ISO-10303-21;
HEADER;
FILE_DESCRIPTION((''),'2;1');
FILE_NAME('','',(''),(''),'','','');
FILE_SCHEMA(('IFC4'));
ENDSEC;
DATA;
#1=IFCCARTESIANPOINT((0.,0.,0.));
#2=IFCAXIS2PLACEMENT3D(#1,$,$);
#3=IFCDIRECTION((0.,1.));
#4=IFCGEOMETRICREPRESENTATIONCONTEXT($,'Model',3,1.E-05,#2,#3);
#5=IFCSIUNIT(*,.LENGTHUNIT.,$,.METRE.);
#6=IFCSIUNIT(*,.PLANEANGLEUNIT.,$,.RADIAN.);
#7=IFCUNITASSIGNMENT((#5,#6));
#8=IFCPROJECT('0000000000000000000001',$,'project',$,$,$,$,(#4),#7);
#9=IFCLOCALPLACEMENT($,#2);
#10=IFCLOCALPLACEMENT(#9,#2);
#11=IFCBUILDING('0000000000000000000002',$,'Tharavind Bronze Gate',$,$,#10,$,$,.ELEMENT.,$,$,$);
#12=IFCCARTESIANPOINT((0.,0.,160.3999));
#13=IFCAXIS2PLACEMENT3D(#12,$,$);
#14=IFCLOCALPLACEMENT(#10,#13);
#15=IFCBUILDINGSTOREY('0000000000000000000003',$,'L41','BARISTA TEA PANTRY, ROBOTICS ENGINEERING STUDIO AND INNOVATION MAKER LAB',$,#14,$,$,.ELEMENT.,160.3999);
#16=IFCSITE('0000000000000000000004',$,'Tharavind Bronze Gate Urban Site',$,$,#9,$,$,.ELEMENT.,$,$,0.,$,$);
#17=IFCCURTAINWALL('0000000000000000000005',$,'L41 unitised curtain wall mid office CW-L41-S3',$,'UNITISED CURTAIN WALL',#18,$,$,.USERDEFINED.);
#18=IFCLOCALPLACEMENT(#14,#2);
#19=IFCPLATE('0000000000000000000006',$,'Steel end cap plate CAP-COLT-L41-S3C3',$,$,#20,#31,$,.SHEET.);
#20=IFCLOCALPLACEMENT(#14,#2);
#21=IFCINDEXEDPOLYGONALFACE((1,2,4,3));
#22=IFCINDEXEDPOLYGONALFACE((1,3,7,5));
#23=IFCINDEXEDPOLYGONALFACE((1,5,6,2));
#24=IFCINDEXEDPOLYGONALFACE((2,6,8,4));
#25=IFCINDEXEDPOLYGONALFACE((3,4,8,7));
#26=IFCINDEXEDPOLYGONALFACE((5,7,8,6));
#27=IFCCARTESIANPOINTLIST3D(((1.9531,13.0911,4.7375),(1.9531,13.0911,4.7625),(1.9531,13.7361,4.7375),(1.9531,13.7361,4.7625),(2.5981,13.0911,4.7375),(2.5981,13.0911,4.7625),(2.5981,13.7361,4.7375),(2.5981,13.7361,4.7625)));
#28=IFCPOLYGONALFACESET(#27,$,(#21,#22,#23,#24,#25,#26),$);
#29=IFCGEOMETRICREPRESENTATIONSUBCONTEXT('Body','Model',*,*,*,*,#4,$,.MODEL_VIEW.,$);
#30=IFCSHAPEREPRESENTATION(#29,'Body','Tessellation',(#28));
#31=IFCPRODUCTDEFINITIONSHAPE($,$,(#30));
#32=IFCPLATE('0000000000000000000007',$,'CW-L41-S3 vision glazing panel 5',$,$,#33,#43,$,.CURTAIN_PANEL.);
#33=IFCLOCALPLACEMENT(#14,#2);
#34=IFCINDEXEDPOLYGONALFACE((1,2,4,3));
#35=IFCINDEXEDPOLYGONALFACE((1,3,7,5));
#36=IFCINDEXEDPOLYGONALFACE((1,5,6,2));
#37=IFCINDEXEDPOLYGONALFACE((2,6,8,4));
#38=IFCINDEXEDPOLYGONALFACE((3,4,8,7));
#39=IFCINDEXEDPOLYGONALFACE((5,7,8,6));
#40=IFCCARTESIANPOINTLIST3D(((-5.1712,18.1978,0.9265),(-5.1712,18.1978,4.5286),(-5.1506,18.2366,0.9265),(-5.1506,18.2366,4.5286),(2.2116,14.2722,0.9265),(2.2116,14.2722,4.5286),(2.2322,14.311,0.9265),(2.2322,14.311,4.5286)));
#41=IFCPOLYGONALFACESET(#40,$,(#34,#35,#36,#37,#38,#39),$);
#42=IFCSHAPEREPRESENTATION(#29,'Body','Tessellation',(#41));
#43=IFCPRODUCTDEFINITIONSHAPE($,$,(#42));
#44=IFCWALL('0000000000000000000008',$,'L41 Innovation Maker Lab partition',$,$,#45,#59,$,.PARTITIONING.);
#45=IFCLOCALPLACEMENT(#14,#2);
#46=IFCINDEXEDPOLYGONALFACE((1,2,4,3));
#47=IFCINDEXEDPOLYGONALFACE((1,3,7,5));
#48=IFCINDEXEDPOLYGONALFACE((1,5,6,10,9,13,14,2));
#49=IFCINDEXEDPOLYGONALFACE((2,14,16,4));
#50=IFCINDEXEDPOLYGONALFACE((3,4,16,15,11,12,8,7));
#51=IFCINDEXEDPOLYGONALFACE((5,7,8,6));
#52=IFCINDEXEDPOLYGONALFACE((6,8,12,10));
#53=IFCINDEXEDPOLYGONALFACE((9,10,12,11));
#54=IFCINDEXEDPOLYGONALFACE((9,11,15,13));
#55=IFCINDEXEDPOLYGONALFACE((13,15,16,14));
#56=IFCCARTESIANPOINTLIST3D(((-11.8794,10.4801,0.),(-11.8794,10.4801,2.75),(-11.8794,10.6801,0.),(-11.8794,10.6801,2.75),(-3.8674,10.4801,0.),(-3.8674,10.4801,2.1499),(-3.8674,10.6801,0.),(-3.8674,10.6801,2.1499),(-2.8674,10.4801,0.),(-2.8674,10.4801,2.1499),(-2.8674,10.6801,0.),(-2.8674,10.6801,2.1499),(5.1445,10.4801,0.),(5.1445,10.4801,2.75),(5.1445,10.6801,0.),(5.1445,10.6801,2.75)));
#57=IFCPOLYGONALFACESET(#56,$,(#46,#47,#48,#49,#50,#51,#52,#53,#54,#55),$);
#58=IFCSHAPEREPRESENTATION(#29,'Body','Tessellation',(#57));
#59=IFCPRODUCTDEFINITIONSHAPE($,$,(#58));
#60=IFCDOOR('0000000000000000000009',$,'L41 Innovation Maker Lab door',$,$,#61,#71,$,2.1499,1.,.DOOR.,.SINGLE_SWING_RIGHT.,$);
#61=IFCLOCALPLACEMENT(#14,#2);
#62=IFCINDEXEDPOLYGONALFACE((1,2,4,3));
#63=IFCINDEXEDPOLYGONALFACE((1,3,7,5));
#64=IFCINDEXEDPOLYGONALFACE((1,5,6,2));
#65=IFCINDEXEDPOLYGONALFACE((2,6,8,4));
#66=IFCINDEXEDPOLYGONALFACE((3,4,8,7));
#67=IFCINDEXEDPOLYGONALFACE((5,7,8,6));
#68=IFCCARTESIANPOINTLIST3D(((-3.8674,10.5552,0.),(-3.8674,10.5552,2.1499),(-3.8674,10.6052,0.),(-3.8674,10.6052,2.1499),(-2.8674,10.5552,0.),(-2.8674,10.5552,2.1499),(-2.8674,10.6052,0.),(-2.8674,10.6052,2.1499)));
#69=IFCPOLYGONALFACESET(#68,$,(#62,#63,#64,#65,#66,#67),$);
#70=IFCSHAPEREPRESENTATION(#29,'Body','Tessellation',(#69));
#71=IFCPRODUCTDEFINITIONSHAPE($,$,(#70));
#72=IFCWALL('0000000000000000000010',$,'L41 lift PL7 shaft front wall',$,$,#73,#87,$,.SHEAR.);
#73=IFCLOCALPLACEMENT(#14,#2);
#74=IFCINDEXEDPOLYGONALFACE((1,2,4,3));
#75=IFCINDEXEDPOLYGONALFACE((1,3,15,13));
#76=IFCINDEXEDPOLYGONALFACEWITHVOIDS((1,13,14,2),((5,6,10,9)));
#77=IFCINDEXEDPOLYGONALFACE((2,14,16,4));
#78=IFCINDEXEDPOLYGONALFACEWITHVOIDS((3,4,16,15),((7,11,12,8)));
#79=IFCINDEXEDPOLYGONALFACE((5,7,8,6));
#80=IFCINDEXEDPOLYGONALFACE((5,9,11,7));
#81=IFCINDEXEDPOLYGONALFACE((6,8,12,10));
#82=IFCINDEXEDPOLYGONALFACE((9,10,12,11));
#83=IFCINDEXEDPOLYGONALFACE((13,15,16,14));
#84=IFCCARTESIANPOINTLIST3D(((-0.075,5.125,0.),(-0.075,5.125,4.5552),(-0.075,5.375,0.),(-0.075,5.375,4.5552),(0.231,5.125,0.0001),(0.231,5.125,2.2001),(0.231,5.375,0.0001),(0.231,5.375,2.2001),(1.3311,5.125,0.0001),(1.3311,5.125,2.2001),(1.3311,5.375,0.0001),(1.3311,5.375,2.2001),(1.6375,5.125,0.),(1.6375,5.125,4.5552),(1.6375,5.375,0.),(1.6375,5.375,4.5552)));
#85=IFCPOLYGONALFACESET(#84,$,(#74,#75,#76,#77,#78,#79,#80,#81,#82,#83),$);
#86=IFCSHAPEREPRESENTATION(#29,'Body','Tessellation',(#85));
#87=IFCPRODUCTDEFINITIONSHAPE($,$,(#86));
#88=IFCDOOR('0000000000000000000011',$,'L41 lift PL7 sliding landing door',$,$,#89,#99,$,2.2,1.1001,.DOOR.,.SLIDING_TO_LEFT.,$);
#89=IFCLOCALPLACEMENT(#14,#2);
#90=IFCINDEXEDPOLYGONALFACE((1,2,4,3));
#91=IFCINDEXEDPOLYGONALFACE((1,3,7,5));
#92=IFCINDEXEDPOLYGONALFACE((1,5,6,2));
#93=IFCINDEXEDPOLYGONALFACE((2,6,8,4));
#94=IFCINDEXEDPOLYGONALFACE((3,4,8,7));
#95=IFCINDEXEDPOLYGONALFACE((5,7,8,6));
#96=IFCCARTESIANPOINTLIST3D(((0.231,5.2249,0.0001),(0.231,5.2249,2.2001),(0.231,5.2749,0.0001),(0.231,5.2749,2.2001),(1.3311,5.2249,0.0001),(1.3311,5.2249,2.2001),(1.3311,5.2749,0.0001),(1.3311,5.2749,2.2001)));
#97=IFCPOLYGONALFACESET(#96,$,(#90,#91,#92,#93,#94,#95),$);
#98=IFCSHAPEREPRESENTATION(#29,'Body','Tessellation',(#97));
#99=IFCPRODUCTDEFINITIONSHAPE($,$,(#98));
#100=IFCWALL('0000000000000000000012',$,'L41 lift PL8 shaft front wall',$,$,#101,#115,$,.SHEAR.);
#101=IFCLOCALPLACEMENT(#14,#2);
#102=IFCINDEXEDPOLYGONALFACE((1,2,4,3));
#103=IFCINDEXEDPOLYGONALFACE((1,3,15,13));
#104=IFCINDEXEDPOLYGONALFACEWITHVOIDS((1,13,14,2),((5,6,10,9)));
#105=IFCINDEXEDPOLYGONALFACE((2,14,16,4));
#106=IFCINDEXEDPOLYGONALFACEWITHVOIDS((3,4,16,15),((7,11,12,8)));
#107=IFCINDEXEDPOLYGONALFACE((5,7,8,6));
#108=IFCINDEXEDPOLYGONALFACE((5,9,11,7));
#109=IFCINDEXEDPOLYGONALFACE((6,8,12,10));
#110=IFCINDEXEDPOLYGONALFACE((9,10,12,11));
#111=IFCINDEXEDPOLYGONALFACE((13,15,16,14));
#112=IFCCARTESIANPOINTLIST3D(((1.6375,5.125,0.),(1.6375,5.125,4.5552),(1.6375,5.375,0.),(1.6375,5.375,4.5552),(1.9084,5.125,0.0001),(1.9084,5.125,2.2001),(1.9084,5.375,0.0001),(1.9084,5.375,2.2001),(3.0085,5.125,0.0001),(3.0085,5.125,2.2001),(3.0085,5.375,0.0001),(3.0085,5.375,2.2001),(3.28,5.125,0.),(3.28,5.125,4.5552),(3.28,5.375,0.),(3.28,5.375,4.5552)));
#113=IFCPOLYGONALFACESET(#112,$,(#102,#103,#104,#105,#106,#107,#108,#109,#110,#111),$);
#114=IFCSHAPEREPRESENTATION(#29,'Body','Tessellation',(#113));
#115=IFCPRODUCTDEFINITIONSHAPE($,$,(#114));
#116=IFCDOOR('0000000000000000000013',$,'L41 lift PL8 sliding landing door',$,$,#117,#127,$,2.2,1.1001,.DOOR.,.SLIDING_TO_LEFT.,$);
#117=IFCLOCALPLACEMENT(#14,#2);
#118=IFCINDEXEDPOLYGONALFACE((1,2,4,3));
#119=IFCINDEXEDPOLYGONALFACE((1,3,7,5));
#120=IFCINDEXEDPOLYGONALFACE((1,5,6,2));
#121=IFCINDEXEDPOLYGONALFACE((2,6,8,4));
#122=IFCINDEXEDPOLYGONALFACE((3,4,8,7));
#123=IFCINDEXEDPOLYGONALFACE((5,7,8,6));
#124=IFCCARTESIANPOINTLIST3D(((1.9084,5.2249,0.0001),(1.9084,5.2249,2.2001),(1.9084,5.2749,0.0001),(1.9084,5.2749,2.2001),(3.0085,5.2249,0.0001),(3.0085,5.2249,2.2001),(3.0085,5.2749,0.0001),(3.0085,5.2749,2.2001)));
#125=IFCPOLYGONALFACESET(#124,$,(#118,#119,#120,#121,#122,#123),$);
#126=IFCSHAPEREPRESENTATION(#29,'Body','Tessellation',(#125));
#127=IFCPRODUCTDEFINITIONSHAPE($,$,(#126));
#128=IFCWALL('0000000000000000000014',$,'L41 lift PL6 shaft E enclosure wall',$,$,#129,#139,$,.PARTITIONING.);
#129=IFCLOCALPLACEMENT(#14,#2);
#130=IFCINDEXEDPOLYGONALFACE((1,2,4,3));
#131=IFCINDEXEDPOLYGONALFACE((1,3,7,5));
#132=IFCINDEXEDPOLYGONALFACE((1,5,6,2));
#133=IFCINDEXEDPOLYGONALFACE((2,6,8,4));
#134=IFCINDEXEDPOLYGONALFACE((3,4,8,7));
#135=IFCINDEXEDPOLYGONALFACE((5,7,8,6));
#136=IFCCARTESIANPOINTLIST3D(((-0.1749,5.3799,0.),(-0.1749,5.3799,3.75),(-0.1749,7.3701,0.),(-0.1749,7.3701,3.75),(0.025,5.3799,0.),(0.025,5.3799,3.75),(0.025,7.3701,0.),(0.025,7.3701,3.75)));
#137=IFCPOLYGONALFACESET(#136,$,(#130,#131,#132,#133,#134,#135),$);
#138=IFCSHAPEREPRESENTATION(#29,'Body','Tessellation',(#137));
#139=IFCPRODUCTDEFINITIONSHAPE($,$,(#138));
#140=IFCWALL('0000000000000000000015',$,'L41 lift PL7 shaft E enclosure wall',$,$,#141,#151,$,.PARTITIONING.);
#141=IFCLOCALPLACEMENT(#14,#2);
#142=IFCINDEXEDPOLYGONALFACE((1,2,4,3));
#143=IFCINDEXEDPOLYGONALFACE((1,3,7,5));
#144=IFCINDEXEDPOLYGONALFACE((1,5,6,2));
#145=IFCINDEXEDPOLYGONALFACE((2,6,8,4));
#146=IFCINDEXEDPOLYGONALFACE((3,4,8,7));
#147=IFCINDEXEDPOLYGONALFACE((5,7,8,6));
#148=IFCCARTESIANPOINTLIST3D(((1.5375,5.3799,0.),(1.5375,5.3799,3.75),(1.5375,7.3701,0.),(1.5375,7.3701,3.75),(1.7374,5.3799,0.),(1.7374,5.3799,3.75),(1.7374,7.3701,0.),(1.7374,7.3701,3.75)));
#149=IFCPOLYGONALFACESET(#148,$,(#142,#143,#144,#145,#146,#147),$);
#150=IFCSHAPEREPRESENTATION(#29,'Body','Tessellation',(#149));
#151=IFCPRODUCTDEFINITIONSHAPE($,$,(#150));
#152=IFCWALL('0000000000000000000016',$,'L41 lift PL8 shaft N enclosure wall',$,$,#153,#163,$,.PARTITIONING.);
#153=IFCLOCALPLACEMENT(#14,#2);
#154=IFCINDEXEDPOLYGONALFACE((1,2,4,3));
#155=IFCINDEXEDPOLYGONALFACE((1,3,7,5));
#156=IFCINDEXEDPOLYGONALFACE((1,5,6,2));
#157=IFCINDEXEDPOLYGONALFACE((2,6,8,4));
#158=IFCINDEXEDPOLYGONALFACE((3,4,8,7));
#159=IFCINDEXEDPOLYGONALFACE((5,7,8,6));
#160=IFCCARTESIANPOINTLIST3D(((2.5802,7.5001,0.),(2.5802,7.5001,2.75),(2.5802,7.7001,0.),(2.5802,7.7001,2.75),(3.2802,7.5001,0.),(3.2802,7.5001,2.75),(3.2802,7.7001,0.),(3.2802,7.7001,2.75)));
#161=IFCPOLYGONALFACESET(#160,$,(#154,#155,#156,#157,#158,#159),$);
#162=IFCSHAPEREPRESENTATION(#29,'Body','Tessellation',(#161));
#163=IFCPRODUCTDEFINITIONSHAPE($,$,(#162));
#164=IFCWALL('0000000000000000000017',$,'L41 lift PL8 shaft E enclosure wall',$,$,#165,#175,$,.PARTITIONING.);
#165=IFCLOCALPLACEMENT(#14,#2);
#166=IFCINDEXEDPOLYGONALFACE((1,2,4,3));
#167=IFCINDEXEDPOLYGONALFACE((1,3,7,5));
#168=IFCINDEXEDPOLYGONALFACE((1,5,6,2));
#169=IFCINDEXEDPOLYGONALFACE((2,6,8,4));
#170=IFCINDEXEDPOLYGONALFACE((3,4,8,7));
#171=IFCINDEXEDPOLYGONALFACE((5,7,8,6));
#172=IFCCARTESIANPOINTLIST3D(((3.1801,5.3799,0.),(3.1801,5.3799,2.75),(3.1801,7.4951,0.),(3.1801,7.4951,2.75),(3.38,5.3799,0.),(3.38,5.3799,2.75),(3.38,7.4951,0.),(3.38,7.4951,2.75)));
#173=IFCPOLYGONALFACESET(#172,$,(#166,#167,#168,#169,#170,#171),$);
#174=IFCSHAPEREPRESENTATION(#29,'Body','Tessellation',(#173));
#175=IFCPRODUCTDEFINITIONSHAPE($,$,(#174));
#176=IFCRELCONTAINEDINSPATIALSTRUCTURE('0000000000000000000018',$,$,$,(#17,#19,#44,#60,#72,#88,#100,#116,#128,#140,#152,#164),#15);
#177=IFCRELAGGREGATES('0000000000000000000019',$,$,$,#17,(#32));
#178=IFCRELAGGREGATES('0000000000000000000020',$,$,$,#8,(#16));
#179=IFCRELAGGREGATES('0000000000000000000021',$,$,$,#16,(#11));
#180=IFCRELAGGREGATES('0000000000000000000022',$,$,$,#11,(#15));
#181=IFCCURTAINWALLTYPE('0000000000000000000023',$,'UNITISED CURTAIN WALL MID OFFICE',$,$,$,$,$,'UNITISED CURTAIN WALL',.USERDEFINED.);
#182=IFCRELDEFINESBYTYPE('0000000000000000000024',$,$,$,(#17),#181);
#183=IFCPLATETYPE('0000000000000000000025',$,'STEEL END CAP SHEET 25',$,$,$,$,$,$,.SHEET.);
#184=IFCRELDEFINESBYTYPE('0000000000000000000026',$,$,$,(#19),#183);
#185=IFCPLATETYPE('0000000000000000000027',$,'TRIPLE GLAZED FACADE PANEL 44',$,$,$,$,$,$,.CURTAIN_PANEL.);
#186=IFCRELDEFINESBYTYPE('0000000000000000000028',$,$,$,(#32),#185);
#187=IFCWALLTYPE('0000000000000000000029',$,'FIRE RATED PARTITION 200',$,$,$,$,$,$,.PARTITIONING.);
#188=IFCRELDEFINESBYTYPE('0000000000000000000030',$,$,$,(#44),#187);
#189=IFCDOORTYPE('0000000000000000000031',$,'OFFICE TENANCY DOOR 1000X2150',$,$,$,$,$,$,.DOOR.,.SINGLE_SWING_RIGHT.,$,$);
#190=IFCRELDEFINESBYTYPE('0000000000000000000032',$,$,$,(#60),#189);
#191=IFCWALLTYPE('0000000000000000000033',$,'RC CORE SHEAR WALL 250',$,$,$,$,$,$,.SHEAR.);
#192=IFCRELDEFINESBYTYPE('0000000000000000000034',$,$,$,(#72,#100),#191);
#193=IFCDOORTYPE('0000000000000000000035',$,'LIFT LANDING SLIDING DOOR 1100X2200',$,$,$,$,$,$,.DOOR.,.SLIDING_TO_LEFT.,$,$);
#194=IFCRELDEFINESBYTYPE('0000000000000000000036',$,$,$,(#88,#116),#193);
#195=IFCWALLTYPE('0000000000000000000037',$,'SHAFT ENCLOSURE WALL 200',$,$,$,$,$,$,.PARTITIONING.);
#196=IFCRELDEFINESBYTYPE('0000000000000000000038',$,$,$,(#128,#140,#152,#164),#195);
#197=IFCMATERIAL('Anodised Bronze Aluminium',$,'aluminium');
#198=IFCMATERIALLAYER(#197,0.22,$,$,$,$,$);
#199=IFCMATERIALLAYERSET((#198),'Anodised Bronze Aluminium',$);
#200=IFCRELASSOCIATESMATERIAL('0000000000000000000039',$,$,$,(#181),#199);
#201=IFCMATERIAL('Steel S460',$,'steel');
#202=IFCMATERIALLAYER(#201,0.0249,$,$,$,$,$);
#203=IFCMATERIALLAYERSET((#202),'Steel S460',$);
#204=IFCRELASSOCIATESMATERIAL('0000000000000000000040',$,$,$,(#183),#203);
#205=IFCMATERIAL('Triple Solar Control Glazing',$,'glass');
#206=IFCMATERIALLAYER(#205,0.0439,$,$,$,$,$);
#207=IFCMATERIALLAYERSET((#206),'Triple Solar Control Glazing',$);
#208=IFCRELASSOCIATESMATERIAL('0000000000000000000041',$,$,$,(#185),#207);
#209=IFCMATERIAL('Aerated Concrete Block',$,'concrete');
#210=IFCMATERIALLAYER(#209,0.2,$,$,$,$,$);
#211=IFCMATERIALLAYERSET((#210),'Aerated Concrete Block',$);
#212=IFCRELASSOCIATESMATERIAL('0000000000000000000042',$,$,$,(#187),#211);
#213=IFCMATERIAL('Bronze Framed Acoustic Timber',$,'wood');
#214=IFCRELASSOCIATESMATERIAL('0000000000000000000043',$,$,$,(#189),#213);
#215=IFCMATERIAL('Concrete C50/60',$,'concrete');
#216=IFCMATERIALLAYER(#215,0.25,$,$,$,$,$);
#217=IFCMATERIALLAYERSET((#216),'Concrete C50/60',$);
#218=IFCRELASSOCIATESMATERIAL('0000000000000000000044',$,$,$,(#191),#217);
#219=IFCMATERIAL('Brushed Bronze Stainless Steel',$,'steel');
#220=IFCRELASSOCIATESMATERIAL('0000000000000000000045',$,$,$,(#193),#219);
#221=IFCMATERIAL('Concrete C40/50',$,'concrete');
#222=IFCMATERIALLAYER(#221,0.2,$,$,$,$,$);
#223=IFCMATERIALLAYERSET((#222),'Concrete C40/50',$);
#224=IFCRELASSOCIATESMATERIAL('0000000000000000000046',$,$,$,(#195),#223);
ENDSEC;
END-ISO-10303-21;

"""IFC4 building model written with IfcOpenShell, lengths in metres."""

from ifc_helpers import new_model, si_unit, direction, frame, frame_2d, origin, origin_2d, place, context, subcontext, project, spatial, rectangle, extrude, material, layer, layer_set, type_object, element, fill, aggregate, save


model = new_model("IFC4")

# Units and contexts
model_context = context("Model", 3, precision=1e-05, world=origin(), true_north=direction((0.0, 1.0)))
body_context = subcontext(model_context, "Body", "Model", "MODEL_VIEW")
ifc_project = project(units=[si_unit("LENGTHUNIT", "METRE"), si_unit("PLANEANGLEUNIT", "RADIAN")], contexts=[model_context])

# Site, building, storey
site_placement = place(None, origin())
site = spatial("IfcSite", under=ifc_project, at=site_placement, Name="Tharavind Bronze Gate Urban Site", CompositionType="ELEMENT", RefElevation=0.0)
building_placement = place(site_placement, origin())
building = spatial("IfcBuilding", under=site, at=building_placement, Name="Tharavind Bronze Gate", CompositionType="ELEMENT")
storey_placement = place(building_placement, frame((0.0, 0.0, 160.3999)))
storey = spatial("IfcBuildingStorey", under=building, at=storey_placement, Name="L41", Description="BARISTA TEA PANTRY, ROBOTICS ENGINEERING STUDIO AND INNOVATION MAKER LAB", CompositionType="ELEMENT", Elevation=160.3999)

# Shared definitions
ifc_material_1 = material(Name="Steel S460", Category="steel")

# Curtain wall
ifc_material_2 = material(Name="Anodised Bronze Aluminium", Category="aluminium")
ifc_layer_1 = layer(ifc_material_2, 0.22)
ifc_layer_set_1 = layer_set([ifc_layer_1], Name="Anodised Bronze Aluminium")
curtain_wall_type = type_object("IfcCurtainWallType", Name="UNITISED CURTAIN WALL MID OFFICE", ElementType="UNITISED CURTAIN WALL", PredefinedType="USERDEFINED", material=ifc_layer_set_1)
curtain_wall_placement = place(storey_placement, origin())
curtain_wall = element("IfcCurtainWall", 1, at=curtain_wall_placement, inside=storey, type_object=curtain_wall_type, Name="L41 unitised curtain wall mid office CW-L41-S3", ObjectType="UNITISED CURTAIN WALL", PredefinedType="USERDEFINED")

# Plate
ifc_layer_2 = layer(ifc_material_1, 0.0249)
ifc_layer_set_2 = layer_set([ifc_layer_2], Name="Steel S460")
plate_type_1 = type_object("IfcPlateType", Name="STEEL END CAP SHEET 25", PredefinedType="SHEET", material=ifc_layer_set_2)
plate_1_placement = place(storey_placement, frame((2.2756, 13.4136, 4.7375), z_axis=(0.0, 0.0, 1.0), x_axis=(1.0, 0.0, 0.0)))
element("IfcPlate", 2, at=plate_1_placement, inside=storey, type_object=plate_type_1, Name="Steel end cap plate CAP-COLT-L41-S3C3", PredefinedType="SHEET", context=body_context, shape_type="SweptSolid", body=[
    extrude(rectangle(XDim=0.645, YDim=0.645, at=origin_2d()), origin(), (0.0, 0.0, 1.0), 0.0249),
])

# Plate
ifc_material_3 = material(Name="Triple Solar Control Glazing", Category="glass")
ifc_layer_3 = layer(ifc_material_3, 0.0439)
ifc_layer_set_3 = layer_set([ifc_layer_3], Name="Triple Solar Control Glazing")
plate_type_2 = type_object("IfcPlateType", Name="TRIPLE GLAZED FACADE PANEL 44", PredefinedType="CURTAIN_PANEL", material=ifc_layer_set_3)
plate_2_placement = place(storey_placement, frame((-1.4695, 16.2544, 0.9265), z_axis=(0.0, 0.0, 1.0), x_axis=(-0.882948, 0.469472, 0.0)))
plate_2 = element("IfcPlate", 3, at=plate_2_placement, type_object=plate_type_2, Name="CW-L41-S3 vision glazing panel 5", PredefinedType="CURTAIN_PANEL", context=body_context, shape_type="SweptSolid", body=[
    extrude(rectangle(XDim=8.3616, YDim=0.0439, at=origin_2d()), origin(), (0.0, 0.0, 1.0), 3.6021),
])
aggregate(curtain_wall, [plate_2])

# Walls, openings, doors
ifc_material_4 = material(Name="Aerated Concrete Block", Category="concrete")
ifc_layer_4 = layer(ifc_material_4, 0.2)
ifc_layer_set_4 = layer_set([ifc_layer_4], Name="Aerated Concrete Block")
wall_type_1 = type_object("IfcWallType", Name="FIRE RATED PARTITION 200", PredefinedType="PARTITIONING", material=ifc_layer_set_4)
wall_1_placement = place(storey_placement, frame((5.1445, 10.5801, 0.0), z_axis=(0.0, 0.0, 1.0), x_axis=(-1.0, 0.0, 0.0)))
wall_1 = element("IfcWall", 4, at=wall_1_placement, inside=storey, type_object=wall_type_1, Name="L41 Innovation Maker Lab partition", PredefinedType="PARTITIONING", context=body_context, shape_type="SweptSolid", body=[
    extrude(rectangle(XDim=17.0239, YDim=0.2, at=frame_2d((8.512, 0.0))), origin(), (0.0, 0.0, 1.0), 2.75),
])
opening_1_placement = place(wall_1_placement, frame((8.012, 0.0, 0.0)))
opening_1 = element("IfcOpeningElement", 5, at=opening_1_placement, cuts=wall_1, PredefinedType="OPENING", context=body_context, shape_type="SweptSolid", body=[
    extrude(rectangle(XDim=1.0, YDim=2.1499, at=frame_2d((0.5, 1.075))), frame((0.0, 0.1101, 0.0), z_axis=(0.0, -1.0, 0.0), x_axis=(1.0, 0.0, 0.0)), (0.0, 0.0, 1.0), 0.22),
])
ifc_material_5 = material(Name="Bronze Framed Acoustic Timber", Category="wood")
door_type_1 = type_object("IfcDoorType", Name="OFFICE TENANCY DOOR 1000X2150", OperationType="SINGLE_SWING_RIGHT", PredefinedType="DOOR", material=ifc_material_5)
door_1_placement = place(opening_1_placement, origin())
door_1 = element("IfcDoor", 6, at=door_1_placement, inside=storey, type_object=door_type_1, Name="L41 Innovation Maker Lab door", OperationType="SINGLE_SWING_RIGHT", OverallHeight=2.1499, OverallWidth=1.0, PredefinedType="DOOR", context=body_context, shape_type="SweptSolid", body=[
    extrude(rectangle(XDim=1.0, YDim=2.1499, at=frame_2d((0.5, 1.075))), frame((0.0, 0.0249, 0.0), z_axis=(0.0, -1.0, 0.0), x_axis=(1.0, 0.0, 0.0)), (0.0, 0.0, 1.0), 0.05),
])
fill(opening_1, door_1)
ifc_material_6 = material(Name="Concrete C50/60", Category="concrete")
ifc_layer_5 = layer(ifc_material_6, 0.25)
ifc_layer_set_5 = layer_set([ifc_layer_5], Name="Concrete C50/60")
wall_type_2 = type_object("IfcWallType", Name="RC CORE SHEAR WALL 250", PredefinedType="SHEAR", material=ifc_layer_set_5)
wall_2_placement = place(storey_placement, frame((-0.075, 5.25, 0.0), z_axis=(0.0, 0.0, 1.0), x_axis=(1.0, 0.0, 0.0)))
wall_2 = element("IfcWall", 7, at=wall_2_placement, inside=storey, type_object=wall_type_2, Name="L41 lift PL7 shaft front wall", PredefinedType="SHEAR", context=body_context, shape_type="SweptSolid", body=[
    extrude(rectangle(XDim=1.7124, YDim=0.25, at=frame_2d((0.8562, 0.0))), origin(), (0.0, 0.0, 1.0), 4.5552),
])
opening_2_placement = place(wall_2_placement, frame((0.3059, 0.0, 0.0)))
opening_2 = element("IfcOpeningElement", 8, at=opening_2_placement, cuts=wall_2, PredefinedType="OPENING", context=body_context, shape_type="SweptSolid", body=[
    extrude(rectangle(XDim=1.1001, YDim=2.2, at=frame_2d((0.55, 1.1001))), frame((0.0, 0.135, 0.0), z_axis=(0.0, -1.0, 0.0), x_axis=(1.0, 0.0, 0.0)), (0.0, 0.0, 1.0), 0.27),
])
ifc_material_7 = material(Name="Brushed Bronze Stainless Steel", Category="steel")
door_type_2 = type_object("IfcDoorType", Name="LIFT LANDING SLIDING DOOR 1100X2200", OperationType="SLIDING_TO_LEFT", PredefinedType="DOOR", material=ifc_material_7)
door_2_placement = place(opening_2_placement, origin())
door_2 = element("IfcDoor", 9, at=door_2_placement, inside=storey, type_object=door_type_2, Name="L41 lift PL7 sliding landing door", OperationType="SLIDING_TO_LEFT", OverallHeight=2.2, OverallWidth=1.1001, PredefinedType="DOOR", context=body_context, shape_type="SweptSolid", body=[
    extrude(rectangle(XDim=1.1001, YDim=2.2, at=frame_2d((0.55, 1.1001))), frame((0.0, 0.0249, 0.0), z_axis=(0.0, -1.0, 0.0), x_axis=(1.0, 0.0, 0.0)), (0.0, 0.0, 1.0), 0.05),
])
fill(opening_2, door_2)
wall_3_placement = place(storey_placement, frame((1.6375, 5.25, 0.0), z_axis=(0.0, 0.0, 1.0), x_axis=(1.0, 0.0, 0.0)))
wall_3 = element("IfcWall", 10, at=wall_3_placement, inside=storey, type_object=wall_type_2, Name="L41 lift PL8 shaft front wall", PredefinedType="SHEAR", context=body_context, shape_type="SweptSolid", body=[
    extrude(rectangle(XDim=1.6426, YDim=0.25, at=frame_2d((0.8213, 0.0))), origin(), (0.0, 0.0, 1.0), 4.5552),
])
opening_3_placement = place(wall_3_placement, frame((0.271, 0.0, 0.0)))
opening_3 = element("IfcOpeningElement", 11, at=opening_3_placement, cuts=wall_3, PredefinedType="OPENING", context=body_context, shape_type="SweptSolid", body=[
    extrude(rectangle(XDim=1.1001, YDim=2.2, at=frame_2d((0.55, 1.1001))), frame((0.0, 0.135, 0.0), z_axis=(0.0, -1.0, 0.0), x_axis=(1.0, 0.0, 0.0)), (0.0, 0.0, 1.0), 0.27),
])
door_3_placement = place(opening_3_placement, origin())
door_3 = element("IfcDoor", 12, at=door_3_placement, inside=storey, type_object=door_type_2, Name="L41 lift PL8 sliding landing door", OperationType="SLIDING_TO_LEFT", OverallHeight=2.2, OverallWidth=1.1001, PredefinedType="DOOR", context=body_context, shape_type="SweptSolid", body=[
    extrude(rectangle(XDim=1.1001, YDim=2.2, at=frame_2d((0.55, 1.1001))), frame((0.0, 0.0249, 0.0), z_axis=(0.0, -1.0, 0.0), x_axis=(1.0, 0.0, 0.0)), (0.0, 0.0, 1.0), 0.05),
])
fill(opening_3, door_3)

# Walls
ifc_material_8 = material(Name="Concrete C40/50", Category="concrete")
ifc_layer_6 = layer(ifc_material_8, 0.2)
ifc_layer_set_6 = layer_set([ifc_layer_6], Name="Concrete C40/50")
wall_type_3 = type_object("IfcWallType", Name="SHAFT ENCLOSURE WALL 200", PredefinedType="PARTITIONING", material=ifc_layer_set_6)
for number, where, z_axis, x_axis, name in (
    (13, (-0.075, 5.3799, 0.0), (0.0, 0.0, 1.0), (0.0, 1.0, 0.0), "L41 lift PL6 shaft E enclosure wall"),
    (14, (1.6375, 5.3799, 0.0), (0.0, 0.0, 1.0), (0.0, 1.0, 0.0), "L41 lift PL7 shaft E enclosure wall"),
):
    element("IfcWall", number, at=place(storey_placement, frame(where, z_axis=z_axis, x_axis=x_axis)), inside=storey, type_object=wall_type_3, Name=name, PredefinedType="PARTITIONING", context=body_context, shape_type="SweptSolid", body=[
        extrude(rectangle(XDim=1.9902, YDim=0.2, at=frame_2d((0.9951, 0.0))), origin(), (0.0, 0.0, 1.0), 3.75),
    ])
wall_4_placement = place(storey_placement, frame((2.5801, 7.6001, 0.0), z_axis=(0.0, 0.0, 1.0), x_axis=(1.0, 0.0, 0.0)))
element("IfcWall", 15, at=wall_4_placement, inside=storey, type_object=wall_type_3, Name="L41 lift PL8 shaft N enclosure wall", PredefinedType="PARTITIONING", context=body_context, shape_type="SweptSolid", body=[
    extrude(rectangle(XDim=0.7, YDim=0.2, at=frame_2d((0.3501, 0.0))), origin(), (0.0, 0.0, 1.0), 2.75),
])
wall_5_placement = place(storey_placement, frame((3.28, 5.3799, 0.0), z_axis=(0.0, 0.0, 1.0), x_axis=(0.0, 1.0, 0.0)))
element("IfcWall", 16, at=wall_5_placement, inside=storey, type_object=wall_type_3, Name="L41 lift PL8 shaft E enclosure wall", PredefinedType="PARTITIONING", context=body_context, shape_type="SweptSolid", body=[
    extrude(rectangle(XDim=2.1152, YDim=0.2, at=frame_2d((1.0576, 0.0))), origin(), (0.0, 0.0, 1.0), 2.75),
])

save(model, "model.ifc")
